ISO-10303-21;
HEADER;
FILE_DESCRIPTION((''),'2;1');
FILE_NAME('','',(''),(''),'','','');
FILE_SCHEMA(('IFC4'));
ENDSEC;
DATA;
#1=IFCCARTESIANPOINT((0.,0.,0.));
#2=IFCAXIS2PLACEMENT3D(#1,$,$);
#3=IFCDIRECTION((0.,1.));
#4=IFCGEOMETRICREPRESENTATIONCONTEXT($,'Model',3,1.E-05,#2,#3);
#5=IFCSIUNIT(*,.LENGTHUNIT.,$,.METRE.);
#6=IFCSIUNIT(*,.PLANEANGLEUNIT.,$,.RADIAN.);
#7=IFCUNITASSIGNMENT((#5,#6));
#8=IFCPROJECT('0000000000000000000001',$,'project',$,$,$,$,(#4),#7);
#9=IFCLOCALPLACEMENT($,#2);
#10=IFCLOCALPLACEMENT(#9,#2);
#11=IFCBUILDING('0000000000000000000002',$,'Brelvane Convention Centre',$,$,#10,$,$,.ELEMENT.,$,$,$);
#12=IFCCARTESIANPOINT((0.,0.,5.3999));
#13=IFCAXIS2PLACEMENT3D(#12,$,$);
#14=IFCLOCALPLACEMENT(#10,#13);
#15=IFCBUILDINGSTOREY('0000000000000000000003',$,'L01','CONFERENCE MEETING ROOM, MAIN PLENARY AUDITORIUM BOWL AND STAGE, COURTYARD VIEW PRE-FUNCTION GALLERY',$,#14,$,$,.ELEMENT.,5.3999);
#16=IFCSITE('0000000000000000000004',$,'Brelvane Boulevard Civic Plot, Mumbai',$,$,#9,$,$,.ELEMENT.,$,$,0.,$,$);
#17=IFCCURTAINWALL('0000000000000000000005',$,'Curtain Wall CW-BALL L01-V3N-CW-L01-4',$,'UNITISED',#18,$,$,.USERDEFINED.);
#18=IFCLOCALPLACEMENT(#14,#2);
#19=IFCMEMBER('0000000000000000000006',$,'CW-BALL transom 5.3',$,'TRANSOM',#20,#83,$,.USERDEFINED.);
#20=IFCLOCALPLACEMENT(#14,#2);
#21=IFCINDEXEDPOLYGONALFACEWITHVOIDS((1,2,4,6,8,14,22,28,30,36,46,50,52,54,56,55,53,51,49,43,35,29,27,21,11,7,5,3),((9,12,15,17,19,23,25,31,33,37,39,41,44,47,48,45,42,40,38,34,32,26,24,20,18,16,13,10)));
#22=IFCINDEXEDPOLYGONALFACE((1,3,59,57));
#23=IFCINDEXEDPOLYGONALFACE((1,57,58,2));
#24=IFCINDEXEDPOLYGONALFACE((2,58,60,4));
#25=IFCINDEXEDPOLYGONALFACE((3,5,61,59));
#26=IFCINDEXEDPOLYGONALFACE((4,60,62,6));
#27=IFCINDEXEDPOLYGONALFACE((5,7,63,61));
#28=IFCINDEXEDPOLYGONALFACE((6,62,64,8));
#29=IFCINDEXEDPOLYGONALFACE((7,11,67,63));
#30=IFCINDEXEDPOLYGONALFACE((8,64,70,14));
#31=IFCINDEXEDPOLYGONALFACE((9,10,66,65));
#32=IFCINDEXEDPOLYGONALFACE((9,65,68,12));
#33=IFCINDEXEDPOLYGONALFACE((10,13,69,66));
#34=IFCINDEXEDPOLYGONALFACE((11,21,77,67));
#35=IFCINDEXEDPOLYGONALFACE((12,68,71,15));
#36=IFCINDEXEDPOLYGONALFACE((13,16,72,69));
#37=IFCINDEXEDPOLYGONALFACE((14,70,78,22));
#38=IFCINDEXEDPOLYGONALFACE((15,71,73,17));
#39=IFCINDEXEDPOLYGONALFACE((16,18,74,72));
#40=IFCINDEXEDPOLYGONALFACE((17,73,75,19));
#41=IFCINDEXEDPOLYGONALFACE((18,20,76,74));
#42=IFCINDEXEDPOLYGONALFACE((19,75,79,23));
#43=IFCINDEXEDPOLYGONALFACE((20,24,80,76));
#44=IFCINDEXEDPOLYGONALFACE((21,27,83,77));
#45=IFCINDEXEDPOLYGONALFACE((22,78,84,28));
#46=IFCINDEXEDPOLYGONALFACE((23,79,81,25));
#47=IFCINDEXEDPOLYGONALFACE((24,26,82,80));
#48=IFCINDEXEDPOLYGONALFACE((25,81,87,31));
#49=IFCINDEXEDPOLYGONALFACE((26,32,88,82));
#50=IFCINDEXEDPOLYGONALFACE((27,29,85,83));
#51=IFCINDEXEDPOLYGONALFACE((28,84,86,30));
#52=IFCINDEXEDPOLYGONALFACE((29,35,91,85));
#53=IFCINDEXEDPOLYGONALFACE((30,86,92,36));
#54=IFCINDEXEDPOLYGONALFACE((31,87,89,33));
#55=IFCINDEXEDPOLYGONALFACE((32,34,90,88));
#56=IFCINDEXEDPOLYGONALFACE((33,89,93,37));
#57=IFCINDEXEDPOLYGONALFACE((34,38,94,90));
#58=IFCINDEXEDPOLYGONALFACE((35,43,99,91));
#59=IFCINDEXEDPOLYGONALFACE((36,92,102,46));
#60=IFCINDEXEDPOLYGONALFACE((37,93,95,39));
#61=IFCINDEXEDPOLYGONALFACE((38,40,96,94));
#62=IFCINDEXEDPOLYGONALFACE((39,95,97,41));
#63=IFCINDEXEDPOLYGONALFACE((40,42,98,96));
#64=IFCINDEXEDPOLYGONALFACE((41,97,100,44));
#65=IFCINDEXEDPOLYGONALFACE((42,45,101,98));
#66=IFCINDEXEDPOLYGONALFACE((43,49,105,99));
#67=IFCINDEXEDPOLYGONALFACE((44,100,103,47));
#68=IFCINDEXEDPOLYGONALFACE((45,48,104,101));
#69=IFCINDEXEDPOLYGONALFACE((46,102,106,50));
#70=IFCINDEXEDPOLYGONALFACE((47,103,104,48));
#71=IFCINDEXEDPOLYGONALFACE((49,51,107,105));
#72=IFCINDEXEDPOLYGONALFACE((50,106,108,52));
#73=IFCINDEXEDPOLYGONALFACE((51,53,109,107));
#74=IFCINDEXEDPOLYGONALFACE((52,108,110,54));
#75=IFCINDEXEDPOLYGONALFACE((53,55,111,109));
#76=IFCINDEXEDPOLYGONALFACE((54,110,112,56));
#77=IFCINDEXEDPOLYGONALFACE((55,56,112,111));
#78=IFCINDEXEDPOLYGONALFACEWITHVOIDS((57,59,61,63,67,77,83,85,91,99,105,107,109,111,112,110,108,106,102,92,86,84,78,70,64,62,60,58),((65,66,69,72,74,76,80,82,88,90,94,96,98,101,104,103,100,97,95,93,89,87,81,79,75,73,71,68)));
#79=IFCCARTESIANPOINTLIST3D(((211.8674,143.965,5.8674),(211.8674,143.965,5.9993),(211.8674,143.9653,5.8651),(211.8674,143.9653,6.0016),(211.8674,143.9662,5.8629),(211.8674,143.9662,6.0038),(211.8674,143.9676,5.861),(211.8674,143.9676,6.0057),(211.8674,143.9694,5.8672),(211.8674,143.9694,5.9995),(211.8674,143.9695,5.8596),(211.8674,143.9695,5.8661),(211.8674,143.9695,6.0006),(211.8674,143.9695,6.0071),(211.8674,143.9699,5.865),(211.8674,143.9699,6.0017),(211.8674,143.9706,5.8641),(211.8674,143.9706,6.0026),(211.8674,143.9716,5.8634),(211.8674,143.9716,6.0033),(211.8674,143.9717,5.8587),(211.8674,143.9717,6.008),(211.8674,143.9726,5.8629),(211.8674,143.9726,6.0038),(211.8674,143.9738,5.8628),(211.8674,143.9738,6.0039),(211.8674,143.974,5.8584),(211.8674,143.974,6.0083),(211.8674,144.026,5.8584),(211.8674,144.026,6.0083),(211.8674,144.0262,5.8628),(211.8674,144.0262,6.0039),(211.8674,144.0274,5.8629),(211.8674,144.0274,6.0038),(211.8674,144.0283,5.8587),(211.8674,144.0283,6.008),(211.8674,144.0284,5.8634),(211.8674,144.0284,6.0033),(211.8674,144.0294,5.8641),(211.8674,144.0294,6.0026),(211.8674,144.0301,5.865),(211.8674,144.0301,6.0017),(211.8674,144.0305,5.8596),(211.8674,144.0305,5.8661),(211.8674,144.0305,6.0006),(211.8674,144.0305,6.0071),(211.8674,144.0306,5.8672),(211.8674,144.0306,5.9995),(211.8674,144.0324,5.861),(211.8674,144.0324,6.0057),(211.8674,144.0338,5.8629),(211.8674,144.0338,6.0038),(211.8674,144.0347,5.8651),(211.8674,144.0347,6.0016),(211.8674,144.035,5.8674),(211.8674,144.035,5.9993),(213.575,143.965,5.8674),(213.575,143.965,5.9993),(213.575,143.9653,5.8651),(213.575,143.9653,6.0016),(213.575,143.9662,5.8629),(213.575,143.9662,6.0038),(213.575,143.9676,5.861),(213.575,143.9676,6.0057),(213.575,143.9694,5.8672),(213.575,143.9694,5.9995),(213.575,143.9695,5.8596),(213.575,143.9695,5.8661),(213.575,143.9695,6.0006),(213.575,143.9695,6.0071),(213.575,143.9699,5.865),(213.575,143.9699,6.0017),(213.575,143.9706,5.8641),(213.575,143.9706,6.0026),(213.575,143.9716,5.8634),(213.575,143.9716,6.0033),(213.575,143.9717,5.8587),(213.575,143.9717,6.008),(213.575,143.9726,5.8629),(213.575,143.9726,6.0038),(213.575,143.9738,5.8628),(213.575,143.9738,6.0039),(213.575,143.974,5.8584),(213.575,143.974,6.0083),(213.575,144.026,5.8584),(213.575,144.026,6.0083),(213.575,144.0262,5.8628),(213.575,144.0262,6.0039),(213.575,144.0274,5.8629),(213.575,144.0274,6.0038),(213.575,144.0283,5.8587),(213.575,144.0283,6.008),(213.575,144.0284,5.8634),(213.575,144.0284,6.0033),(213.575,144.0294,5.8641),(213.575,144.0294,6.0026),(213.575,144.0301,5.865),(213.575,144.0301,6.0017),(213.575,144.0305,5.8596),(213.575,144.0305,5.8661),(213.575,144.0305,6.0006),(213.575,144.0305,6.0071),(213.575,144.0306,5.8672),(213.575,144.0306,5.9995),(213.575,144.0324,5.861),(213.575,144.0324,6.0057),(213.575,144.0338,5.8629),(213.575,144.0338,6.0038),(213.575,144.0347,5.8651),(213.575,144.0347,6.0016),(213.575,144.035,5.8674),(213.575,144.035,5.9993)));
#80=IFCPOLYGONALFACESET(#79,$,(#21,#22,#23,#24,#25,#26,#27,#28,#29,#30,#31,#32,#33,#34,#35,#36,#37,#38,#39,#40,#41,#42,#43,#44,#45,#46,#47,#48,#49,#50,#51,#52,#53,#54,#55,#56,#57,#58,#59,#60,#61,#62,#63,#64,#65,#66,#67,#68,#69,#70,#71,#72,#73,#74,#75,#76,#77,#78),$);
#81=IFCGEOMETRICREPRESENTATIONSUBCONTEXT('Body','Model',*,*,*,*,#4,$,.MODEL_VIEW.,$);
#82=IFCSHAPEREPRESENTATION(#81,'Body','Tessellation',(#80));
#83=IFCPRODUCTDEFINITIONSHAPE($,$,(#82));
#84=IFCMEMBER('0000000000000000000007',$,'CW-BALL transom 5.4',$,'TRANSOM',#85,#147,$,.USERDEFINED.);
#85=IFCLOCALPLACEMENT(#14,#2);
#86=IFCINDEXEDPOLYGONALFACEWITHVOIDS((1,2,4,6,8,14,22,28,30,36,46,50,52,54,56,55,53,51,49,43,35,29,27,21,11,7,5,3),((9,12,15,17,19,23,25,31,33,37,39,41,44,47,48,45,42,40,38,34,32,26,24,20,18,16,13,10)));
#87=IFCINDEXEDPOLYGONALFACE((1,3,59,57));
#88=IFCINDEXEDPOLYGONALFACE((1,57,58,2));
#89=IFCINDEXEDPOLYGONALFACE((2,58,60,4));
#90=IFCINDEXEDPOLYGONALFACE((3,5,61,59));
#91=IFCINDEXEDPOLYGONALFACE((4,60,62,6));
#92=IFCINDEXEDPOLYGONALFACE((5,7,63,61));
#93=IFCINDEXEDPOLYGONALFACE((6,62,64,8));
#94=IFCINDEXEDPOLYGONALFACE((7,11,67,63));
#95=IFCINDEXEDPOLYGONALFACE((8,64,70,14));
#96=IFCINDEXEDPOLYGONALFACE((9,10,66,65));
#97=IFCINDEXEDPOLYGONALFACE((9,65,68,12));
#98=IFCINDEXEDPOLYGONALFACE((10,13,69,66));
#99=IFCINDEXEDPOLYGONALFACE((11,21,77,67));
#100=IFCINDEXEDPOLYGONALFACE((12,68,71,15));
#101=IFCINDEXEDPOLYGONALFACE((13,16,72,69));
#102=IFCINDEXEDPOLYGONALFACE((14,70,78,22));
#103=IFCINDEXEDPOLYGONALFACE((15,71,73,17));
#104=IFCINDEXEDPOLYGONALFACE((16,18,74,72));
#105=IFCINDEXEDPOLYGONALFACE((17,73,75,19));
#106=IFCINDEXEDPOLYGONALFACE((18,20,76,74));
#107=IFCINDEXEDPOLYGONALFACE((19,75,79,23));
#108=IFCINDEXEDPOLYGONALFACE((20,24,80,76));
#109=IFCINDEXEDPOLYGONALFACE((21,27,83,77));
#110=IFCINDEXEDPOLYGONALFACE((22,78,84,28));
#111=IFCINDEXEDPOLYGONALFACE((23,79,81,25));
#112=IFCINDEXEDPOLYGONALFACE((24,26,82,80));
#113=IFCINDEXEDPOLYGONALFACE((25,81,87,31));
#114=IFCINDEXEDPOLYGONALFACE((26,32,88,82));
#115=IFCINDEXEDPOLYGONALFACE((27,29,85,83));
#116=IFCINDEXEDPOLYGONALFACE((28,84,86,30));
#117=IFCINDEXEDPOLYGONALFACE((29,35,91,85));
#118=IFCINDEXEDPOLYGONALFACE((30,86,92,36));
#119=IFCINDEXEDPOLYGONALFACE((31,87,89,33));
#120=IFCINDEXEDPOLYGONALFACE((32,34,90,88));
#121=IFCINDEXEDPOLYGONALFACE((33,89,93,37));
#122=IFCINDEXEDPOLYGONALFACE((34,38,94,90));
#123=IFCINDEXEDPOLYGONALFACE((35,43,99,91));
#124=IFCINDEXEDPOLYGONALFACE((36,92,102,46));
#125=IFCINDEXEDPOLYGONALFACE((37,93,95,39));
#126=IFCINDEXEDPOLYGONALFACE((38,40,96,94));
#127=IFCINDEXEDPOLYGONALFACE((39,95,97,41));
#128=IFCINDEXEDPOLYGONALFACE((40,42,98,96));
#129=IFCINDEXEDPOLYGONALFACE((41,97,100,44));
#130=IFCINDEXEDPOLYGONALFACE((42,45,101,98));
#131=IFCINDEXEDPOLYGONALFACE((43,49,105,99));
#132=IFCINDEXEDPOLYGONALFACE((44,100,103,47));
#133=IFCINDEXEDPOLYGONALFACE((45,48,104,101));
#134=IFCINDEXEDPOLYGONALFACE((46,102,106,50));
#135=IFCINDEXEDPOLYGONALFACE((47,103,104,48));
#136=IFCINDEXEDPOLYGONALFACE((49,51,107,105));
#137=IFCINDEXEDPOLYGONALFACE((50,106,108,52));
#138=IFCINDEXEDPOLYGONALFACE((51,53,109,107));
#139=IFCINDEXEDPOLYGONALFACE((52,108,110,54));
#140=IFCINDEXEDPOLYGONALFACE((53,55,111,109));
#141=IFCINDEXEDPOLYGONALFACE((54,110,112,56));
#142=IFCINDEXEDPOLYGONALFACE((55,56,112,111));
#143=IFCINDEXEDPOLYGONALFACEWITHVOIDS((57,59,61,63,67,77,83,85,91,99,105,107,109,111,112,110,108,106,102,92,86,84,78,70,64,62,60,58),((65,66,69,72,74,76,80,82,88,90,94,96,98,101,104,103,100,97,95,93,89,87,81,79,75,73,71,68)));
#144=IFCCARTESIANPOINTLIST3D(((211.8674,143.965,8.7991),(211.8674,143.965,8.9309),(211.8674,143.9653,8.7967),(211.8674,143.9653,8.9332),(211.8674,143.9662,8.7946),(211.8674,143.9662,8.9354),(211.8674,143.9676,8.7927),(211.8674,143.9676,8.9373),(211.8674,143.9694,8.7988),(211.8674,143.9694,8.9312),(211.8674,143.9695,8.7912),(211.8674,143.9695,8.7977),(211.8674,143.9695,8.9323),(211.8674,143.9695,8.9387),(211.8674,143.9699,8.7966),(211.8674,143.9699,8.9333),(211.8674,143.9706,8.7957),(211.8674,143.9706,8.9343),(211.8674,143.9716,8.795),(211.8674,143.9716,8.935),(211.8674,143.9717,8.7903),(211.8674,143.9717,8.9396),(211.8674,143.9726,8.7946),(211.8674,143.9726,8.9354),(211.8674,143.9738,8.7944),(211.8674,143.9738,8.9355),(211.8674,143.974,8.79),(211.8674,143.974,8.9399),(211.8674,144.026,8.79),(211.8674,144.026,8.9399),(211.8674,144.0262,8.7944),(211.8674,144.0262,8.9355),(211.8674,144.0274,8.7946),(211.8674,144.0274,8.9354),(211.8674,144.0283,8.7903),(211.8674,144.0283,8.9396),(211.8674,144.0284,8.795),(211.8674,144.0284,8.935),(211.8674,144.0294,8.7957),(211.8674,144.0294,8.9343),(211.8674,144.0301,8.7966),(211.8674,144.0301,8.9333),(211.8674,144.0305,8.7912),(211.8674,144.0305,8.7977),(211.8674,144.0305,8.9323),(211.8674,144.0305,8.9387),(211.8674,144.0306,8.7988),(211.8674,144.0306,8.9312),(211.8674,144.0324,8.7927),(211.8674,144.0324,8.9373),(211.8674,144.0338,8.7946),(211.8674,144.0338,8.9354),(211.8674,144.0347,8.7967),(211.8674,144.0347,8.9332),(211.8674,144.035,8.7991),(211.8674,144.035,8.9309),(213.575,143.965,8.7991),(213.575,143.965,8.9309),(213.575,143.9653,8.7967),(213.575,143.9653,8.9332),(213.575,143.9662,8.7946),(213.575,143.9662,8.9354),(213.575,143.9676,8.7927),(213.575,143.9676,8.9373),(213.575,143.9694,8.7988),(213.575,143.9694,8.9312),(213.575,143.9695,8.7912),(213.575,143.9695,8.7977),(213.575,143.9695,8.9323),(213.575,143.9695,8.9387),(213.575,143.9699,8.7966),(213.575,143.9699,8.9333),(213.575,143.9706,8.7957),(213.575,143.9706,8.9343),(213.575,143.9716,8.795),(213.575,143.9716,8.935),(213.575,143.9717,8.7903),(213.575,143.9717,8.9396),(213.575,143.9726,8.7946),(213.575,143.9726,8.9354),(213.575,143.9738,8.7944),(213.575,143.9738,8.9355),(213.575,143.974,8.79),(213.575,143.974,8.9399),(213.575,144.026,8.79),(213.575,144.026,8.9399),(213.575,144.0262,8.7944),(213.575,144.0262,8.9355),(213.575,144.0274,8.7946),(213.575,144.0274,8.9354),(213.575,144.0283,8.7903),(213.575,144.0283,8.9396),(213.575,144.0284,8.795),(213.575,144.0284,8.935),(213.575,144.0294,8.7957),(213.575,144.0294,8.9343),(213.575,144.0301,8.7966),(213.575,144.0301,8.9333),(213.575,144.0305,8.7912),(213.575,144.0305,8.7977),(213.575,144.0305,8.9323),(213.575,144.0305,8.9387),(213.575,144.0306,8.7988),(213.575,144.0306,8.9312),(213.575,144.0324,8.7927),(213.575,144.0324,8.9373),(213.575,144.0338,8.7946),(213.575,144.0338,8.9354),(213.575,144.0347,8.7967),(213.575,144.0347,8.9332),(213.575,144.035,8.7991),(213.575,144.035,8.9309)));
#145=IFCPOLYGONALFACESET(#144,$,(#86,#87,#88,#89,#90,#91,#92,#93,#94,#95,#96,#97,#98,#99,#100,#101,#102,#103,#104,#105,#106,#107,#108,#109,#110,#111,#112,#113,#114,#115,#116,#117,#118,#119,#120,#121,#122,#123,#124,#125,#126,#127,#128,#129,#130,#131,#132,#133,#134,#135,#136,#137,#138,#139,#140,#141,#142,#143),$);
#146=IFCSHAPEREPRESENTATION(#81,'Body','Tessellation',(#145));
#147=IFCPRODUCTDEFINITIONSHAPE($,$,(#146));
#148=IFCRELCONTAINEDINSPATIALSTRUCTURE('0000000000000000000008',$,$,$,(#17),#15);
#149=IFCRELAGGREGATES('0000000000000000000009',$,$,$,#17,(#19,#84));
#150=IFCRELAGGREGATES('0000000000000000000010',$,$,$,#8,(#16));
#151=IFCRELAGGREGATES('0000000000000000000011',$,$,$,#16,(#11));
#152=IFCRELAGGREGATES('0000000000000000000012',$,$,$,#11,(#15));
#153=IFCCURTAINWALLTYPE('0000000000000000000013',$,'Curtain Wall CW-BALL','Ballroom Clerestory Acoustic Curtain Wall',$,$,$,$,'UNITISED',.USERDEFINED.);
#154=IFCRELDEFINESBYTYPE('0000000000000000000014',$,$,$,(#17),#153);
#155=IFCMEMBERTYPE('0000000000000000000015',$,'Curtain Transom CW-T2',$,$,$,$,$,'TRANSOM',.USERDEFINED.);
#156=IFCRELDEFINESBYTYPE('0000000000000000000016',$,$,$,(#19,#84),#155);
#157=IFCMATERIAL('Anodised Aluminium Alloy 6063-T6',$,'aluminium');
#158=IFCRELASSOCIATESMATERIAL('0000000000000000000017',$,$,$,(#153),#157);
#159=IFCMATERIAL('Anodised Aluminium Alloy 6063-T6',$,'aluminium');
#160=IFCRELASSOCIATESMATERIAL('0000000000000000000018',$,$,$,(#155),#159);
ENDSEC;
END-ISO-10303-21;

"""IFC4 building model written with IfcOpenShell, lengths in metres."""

from ifc_helpers import new_model, si_unit, direction, frame, origin, origin_2d, place, context, subcontext, project, spatial, hollow_rectangle, extrude, material, material_profile, profile_set, type_object, element, aggregate, save


model = new_model("IFC4")

# Units and contexts
model_context = context("Model", 3, precision=1e-05, world=origin(), true_north=direction((0.0, 1.0)))
body_context = subcontext(model_context, "Body", "Model", "MODEL_VIEW")
ifc_project = project(units=[si_unit("LENGTHUNIT", "METRE"), si_unit("PLANEANGLEUNIT", "RADIAN")], contexts=[model_context])

# Site, building, storey
site_placement = place(None, origin())
site = spatial("IfcSite", under=ifc_project, at=site_placement, Name="Brelvane Boulevard Civic Plot, Mumbai", CompositionType="ELEMENT", RefElevation=0.0)
building_placement = place(site_placement, origin())
building = spatial("IfcBuilding", under=site, at=building_placement, Name="Brelvane Convention Centre", CompositionType="ELEMENT")
storey_placement = place(building_placement, frame((0.0, 0.0, 5.3999)))
storey = spatial("IfcBuildingStorey", under=building, at=storey_placement, Name="L01", Description="CONFERENCE MEETING ROOM, MAIN PLENARY AUDITORIUM BOWL AND STAGE, COURTYARD VIEW PRE-FUNCTION GALLERY", CompositionType="ELEMENT", Elevation=5.3999)

# Curtain wall
ifc_material_1 = material(Name="Anodised Aluminium Alloy 6063-T6", Category="aluminium")
curtain_wall_type = type_object("IfcCurtainWallType", Name="Curtain Wall CW-BALL", Description="Ballroom Clerestory Acoustic Curtain Wall", ElementType="UNITISED", PredefinedType="USERDEFINED", material=ifc_material_1)
curtain_wall_1_placement = place(storey_placement, origin())
curtain_wall_1 = element("IfcCurtainWall", 1, at=curtain_wall_1_placement, inside=storey, type_object=curtain_wall_type, Name="Curtain Wall CW-BALL L01-V3N-CW-L01-4", ObjectType="UNITISED", PredefinedType="USERDEFINED")

# Members
ifc_material_2 = material(Name="Anodised Aluminium Alloy 6063-T6", Category="aluminium")
ifc_material_profile_1 = material_profile(ifc_material_2, hollow_rectangle(XDim=0.0701, YDim=0.1499, WallThickness=0.0044, InnerFilletRadius=0.0044, OuterFilletRadius=0.009, at=origin_2d()), Name="ALU-T 150x70x4.5")
ifc_profile_set_1 = profile_set([ifc_material_profile_1], Name="Anodised Aluminium Alloy 6063-T6")
member_type_1 = type_object("IfcMemberType", Name="Curtain Transom CW-T2", ElementType="TRANSOM", PredefinedType="USERDEFINED", material=ifc_profile_set_1)
member_1_placement = place(storey_placement, frame((211.8674, 144.0, 5.9333), z_axis=(1.0, 0.0, 0.0), x_axis=(0.0, 1.0, 0.0)))
member_1 = element("IfcMember", 2, at=member_1_placement, type_object=member_type_1, Name="CW-BALL transom 5.3", ObjectType="TRANSOM", PredefinedType="USERDEFINED", context=body_context, shape_type="SweptSolid", body=[
    extrude(hollow_rectangle(XDim=0.0701, YDim=0.1499, WallThickness=0.0044, InnerFilletRadius=0.0044, OuterFilletRadius=0.009, at=origin_2d()), origin(), (0.0, 0.0, 1.0), 1.7075),
])
member_2_placement = place(storey_placement, frame((211.8674, 144.0, 8.865), z_axis=(1.0, 0.0, 0.0), x_axis=(0.0, 1.0, 0.0)))
member_2 = element("IfcMember", 3, at=member_2_placement, type_object=member_type_1, Name="CW-BALL transom 5.4", ObjectType="TRANSOM", PredefinedType="USERDEFINED", context=body_context, shape_type="SweptSolid", body=[
    extrude(hollow_rectangle(XDim=0.0701, YDim=0.1499, WallThickness=0.0044, InnerFilletRadius=0.0044, OuterFilletRadius=0.009, at=origin_2d()), origin(), (0.0, 0.0, 1.0), 1.7075),
])

aggregate(curtain_wall_1, [member_1, member_2])

save(model, "model.ifc")
